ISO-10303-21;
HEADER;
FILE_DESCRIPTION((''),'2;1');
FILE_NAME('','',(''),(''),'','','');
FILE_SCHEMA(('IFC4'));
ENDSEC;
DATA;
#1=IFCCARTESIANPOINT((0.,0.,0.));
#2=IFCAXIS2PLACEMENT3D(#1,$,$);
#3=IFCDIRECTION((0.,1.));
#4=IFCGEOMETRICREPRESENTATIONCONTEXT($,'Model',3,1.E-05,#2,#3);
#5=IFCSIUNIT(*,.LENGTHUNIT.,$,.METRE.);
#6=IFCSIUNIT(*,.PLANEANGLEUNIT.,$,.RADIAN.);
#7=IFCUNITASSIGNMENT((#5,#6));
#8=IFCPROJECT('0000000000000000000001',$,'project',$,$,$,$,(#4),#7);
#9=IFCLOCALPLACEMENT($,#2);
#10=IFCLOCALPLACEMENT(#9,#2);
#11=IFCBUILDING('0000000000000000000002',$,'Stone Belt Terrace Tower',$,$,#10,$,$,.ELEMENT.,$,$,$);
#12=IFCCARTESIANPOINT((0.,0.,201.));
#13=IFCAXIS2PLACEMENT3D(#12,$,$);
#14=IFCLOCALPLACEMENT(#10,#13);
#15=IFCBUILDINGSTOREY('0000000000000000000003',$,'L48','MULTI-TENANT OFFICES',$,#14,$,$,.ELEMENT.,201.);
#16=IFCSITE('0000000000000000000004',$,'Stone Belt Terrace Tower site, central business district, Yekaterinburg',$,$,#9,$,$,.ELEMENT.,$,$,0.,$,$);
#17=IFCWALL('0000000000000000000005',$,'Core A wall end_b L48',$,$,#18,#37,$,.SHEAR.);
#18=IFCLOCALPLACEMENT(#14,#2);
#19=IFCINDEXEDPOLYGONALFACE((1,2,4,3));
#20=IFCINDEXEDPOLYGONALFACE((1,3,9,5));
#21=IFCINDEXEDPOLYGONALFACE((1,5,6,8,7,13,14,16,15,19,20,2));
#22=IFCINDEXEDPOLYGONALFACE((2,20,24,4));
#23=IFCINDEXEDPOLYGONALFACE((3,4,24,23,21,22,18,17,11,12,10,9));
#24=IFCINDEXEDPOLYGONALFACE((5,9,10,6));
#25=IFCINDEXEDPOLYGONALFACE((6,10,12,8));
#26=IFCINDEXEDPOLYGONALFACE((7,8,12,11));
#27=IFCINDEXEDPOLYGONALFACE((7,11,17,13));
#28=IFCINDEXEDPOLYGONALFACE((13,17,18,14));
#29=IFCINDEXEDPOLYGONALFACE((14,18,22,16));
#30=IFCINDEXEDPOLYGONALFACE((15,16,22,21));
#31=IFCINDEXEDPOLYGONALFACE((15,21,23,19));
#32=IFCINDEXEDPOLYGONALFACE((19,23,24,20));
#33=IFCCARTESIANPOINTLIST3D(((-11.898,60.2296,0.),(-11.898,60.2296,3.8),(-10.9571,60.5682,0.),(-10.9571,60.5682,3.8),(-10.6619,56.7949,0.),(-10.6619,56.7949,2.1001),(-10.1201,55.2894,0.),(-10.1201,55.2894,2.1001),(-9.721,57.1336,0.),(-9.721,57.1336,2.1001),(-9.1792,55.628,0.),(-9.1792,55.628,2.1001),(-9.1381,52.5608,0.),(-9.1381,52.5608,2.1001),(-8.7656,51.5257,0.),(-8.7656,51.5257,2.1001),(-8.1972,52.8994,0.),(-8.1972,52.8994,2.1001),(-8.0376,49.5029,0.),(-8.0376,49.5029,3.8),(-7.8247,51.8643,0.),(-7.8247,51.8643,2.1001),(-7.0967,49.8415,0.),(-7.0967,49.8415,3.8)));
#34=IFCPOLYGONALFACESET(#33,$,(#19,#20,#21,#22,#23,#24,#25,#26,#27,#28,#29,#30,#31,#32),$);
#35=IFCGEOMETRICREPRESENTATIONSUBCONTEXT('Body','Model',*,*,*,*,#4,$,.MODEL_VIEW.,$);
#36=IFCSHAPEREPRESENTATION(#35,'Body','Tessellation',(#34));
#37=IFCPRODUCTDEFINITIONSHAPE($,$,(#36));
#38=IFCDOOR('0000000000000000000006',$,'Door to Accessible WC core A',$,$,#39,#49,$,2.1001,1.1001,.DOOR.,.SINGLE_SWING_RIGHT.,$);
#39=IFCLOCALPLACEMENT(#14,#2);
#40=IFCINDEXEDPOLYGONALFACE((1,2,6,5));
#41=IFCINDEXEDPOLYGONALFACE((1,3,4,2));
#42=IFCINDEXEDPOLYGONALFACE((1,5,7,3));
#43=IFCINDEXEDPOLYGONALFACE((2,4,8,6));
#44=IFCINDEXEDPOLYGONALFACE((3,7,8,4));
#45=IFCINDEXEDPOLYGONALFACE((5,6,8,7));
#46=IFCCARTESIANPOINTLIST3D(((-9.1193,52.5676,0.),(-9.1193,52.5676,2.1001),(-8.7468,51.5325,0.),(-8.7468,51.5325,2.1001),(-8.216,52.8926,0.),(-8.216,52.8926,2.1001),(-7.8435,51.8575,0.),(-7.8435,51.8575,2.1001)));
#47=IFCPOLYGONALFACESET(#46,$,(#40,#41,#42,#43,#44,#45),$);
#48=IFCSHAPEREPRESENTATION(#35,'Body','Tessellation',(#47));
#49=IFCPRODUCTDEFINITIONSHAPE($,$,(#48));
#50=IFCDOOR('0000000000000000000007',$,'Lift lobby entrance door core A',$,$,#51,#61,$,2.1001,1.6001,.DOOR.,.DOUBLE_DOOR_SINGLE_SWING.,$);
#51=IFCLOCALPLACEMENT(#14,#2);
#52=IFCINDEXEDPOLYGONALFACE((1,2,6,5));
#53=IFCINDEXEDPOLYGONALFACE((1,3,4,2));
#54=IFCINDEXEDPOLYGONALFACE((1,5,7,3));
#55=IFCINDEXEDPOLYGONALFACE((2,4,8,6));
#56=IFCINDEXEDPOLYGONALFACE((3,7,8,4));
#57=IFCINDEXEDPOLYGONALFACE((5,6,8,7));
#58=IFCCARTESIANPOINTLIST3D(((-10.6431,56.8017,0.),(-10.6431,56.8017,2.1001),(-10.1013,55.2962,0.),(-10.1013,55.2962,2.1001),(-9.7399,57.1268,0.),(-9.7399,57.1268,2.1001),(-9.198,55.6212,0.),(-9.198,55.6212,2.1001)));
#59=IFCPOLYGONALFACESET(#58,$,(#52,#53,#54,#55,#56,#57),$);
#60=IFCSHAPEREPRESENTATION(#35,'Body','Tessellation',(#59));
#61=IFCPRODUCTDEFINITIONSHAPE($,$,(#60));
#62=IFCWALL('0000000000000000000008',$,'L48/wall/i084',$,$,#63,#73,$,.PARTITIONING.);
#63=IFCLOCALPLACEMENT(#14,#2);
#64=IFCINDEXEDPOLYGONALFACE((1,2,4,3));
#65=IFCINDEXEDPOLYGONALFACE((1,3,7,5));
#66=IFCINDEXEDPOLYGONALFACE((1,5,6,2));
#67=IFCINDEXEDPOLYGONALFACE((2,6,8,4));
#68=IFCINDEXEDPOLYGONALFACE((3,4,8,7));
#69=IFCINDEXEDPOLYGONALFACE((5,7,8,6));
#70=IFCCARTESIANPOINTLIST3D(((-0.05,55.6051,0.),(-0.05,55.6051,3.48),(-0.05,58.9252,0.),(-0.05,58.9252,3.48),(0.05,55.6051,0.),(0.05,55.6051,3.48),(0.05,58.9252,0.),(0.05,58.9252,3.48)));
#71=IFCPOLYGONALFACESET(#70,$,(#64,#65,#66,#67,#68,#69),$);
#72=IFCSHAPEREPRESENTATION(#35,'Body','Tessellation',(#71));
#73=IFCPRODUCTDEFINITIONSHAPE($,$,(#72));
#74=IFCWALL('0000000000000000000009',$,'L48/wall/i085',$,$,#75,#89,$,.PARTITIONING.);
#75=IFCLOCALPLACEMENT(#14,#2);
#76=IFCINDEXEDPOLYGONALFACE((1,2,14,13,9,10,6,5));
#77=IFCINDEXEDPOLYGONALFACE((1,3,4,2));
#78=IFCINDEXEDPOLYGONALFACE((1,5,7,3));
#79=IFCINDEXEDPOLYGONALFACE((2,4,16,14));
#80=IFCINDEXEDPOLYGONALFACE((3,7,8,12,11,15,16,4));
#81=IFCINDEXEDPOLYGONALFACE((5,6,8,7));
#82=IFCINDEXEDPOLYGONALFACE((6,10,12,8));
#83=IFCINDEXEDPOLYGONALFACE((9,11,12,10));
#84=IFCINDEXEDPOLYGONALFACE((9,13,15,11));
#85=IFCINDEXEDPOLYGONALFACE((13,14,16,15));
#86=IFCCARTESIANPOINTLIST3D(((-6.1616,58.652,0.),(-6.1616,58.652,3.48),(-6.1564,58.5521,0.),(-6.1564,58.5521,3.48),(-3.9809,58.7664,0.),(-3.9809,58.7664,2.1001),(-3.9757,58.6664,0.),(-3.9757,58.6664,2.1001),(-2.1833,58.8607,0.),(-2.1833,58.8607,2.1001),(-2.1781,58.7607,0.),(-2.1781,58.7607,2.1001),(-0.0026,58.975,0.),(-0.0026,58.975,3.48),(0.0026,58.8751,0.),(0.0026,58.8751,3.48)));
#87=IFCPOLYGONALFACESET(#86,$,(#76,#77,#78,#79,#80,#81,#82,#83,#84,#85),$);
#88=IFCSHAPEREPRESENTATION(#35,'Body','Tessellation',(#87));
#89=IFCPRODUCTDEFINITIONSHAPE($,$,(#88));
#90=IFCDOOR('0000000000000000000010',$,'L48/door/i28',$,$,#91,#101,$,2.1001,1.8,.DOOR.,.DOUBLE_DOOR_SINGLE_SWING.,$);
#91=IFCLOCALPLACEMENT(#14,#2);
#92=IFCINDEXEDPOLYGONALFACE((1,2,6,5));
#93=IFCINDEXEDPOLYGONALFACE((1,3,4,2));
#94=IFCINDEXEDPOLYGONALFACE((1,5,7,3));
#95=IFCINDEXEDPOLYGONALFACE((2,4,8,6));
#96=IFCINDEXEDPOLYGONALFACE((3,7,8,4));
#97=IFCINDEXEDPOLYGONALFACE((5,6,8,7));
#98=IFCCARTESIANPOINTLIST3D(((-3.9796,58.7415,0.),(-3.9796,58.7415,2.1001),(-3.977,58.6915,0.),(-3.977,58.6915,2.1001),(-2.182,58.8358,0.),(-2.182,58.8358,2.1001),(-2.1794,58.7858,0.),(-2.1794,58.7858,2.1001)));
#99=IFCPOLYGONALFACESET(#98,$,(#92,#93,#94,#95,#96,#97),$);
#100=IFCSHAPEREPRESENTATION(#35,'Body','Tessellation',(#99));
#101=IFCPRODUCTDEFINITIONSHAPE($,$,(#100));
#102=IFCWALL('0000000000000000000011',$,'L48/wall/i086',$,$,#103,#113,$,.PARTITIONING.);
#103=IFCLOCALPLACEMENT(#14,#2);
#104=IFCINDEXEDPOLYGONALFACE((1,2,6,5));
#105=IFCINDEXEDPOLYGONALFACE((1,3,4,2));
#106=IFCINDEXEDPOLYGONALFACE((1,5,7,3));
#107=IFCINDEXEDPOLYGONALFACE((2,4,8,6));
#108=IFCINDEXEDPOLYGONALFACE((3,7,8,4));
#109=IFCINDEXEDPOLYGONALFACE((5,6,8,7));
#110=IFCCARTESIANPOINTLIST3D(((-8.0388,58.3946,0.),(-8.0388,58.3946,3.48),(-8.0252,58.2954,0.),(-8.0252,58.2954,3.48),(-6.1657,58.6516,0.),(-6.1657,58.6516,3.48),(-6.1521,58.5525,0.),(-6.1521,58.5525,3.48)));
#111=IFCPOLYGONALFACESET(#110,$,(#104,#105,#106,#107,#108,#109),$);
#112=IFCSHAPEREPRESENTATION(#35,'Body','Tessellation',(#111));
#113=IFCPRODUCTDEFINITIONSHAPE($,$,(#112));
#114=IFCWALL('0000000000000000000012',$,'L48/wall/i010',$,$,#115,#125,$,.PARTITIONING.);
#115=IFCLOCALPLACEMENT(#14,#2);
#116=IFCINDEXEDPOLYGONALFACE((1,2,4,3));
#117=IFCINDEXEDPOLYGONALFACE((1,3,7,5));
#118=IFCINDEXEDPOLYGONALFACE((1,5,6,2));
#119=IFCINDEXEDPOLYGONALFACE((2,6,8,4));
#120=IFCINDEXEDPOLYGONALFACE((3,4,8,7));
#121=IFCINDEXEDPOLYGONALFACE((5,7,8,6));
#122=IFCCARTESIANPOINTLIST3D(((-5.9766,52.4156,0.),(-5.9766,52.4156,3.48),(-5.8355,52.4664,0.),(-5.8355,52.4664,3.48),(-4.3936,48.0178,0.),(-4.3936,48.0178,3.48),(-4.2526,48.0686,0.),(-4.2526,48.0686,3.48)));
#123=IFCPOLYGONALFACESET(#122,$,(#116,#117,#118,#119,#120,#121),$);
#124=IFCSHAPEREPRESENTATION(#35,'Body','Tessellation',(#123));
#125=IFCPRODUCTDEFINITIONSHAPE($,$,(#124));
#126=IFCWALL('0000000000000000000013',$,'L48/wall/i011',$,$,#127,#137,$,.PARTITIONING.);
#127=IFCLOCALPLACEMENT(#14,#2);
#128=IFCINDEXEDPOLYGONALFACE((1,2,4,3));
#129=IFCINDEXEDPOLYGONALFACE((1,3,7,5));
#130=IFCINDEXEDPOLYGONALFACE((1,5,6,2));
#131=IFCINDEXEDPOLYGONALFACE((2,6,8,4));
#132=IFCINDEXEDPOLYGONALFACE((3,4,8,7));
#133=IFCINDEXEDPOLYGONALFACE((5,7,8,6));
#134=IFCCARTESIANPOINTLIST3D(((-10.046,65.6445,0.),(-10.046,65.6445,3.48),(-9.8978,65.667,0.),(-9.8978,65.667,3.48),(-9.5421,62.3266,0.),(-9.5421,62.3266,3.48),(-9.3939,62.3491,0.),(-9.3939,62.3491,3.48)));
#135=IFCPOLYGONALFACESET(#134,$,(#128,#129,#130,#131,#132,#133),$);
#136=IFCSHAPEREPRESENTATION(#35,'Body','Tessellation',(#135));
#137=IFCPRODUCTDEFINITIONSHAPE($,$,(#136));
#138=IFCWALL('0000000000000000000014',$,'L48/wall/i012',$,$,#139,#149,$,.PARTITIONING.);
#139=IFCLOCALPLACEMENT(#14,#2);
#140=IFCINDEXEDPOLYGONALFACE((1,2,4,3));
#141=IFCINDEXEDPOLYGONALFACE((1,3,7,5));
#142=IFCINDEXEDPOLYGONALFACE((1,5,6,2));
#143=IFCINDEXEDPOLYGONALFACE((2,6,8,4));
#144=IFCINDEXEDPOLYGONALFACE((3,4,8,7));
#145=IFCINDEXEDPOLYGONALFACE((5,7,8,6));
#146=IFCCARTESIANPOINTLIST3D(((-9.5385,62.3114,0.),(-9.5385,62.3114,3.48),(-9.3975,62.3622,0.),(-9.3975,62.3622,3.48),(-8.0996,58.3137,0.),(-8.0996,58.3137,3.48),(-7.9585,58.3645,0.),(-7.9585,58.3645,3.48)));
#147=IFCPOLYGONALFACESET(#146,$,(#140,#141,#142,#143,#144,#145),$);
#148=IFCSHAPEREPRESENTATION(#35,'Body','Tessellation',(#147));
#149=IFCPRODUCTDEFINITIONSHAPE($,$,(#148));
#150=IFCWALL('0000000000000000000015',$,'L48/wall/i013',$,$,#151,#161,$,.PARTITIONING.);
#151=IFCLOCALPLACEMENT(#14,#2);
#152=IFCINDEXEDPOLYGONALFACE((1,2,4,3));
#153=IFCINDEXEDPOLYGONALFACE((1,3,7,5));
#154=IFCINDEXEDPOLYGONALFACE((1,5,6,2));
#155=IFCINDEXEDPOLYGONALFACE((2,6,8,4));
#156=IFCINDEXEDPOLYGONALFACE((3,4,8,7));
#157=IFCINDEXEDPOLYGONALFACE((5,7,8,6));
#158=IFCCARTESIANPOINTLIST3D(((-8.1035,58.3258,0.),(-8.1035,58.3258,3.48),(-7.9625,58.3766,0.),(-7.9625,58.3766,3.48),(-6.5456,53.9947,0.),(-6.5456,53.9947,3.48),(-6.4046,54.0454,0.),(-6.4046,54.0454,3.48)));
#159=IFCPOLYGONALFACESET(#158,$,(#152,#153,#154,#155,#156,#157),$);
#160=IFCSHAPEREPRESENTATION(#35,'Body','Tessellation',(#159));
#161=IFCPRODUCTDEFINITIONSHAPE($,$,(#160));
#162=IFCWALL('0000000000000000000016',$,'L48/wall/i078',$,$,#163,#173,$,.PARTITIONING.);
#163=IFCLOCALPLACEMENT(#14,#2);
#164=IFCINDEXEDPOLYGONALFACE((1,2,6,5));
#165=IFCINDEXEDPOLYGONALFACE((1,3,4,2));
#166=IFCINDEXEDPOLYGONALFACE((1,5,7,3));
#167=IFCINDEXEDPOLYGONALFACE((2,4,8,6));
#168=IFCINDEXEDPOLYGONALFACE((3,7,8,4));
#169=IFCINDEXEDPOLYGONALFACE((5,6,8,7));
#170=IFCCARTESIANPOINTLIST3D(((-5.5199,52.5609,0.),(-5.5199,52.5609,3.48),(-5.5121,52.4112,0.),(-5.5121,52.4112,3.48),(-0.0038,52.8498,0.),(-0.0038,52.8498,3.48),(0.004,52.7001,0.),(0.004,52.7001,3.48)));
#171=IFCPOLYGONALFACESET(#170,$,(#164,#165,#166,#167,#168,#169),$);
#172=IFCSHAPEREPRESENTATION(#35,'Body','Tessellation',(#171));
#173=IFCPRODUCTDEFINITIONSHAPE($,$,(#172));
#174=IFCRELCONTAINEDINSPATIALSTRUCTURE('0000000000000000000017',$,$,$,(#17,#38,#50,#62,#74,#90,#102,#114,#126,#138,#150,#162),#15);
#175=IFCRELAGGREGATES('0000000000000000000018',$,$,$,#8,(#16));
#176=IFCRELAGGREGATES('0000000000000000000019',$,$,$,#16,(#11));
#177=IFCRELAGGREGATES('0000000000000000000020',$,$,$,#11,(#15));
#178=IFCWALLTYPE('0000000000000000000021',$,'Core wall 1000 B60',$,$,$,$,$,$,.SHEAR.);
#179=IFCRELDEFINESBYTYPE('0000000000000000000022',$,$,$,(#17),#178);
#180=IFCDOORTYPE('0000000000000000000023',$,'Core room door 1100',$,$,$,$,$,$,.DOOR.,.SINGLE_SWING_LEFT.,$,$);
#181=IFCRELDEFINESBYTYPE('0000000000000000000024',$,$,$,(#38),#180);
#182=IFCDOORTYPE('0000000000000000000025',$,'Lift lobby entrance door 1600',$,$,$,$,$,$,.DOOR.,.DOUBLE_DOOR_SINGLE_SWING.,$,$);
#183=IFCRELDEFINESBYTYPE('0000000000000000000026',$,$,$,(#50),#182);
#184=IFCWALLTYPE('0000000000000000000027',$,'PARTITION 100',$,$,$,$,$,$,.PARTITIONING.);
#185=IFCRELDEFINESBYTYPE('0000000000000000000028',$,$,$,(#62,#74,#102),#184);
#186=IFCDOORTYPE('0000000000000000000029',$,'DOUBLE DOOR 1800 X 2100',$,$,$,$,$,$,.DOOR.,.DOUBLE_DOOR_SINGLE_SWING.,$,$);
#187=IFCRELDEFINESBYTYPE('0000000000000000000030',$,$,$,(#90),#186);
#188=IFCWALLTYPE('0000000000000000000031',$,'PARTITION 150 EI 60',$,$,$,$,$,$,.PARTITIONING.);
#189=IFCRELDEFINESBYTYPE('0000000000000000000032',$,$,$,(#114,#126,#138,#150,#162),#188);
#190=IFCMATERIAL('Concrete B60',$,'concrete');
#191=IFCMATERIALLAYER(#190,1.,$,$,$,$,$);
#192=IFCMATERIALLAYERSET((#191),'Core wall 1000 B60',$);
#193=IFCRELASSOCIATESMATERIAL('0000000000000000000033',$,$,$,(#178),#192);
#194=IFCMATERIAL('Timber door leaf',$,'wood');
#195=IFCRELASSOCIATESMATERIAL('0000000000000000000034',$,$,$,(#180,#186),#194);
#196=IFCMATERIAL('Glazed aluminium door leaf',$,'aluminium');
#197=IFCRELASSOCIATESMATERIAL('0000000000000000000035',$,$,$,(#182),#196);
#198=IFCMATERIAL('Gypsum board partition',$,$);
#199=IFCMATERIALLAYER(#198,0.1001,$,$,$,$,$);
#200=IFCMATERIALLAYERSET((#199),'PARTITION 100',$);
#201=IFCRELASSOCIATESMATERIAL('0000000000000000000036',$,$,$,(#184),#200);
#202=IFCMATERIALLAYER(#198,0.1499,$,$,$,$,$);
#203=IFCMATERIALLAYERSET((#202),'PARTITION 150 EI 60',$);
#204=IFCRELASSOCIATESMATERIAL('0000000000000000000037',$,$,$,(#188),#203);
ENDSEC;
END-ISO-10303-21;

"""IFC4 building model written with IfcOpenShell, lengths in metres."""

from ifc_helpers import new_model, si_unit, direction, frame, frame_2d, origin, place, context, subcontext, project, spatial, rectangle, extrude, material, layer, layer_set, type_object, element, fill, save


model = new_model("IFC4")

# Units and contexts
model_context = context("Model", 3, precision=1e-05, world=origin(), true_north=direction((0.0, 1.0)))
body_context = subcontext(model_context, "Body", "Model", "MODEL_VIEW")
ifc_project = project(units=[si_unit("LENGTHUNIT", "METRE"), si_unit("PLANEANGLEUNIT", "RADIAN")], contexts=[model_context])

# Site, building, storey
site_placement = place(None, origin())
site = spatial("IfcSite", under=ifc_project, at=site_placement, Name="Stone Belt Terrace Tower site, central business district, Yekaterinburg", CompositionType="ELEMENT", RefElevation=0.0)
building_placement = place(site_placement, origin())
building = spatial("IfcBuilding", under=site, at=building_placement, Name="Stone Belt Terrace Tower", CompositionType="ELEMENT")
storey_placement = place(building_placement, frame((0.0, 0.0, 201.0)))
storey = spatial("IfcBuildingStorey", under=building, at=storey_placement, Name="L48", Description="MULTI-TENANT OFFICES", CompositionType="ELEMENT", Elevation=201.0)

# Shared definitions
ifc_material_1 = material(Name="Concrete B60", Category="concrete")

# Wall, openings, doors
ifc_layer_1 = layer(ifc_material_1, 1.0)
ifc_layer_set_1 = layer_set([ifc_layer_1], Name="Core wall 1000 B60")
wall_type_1 = type_object("IfcWallType", Name="Core wall 1000 B60", PredefinedType="SHEAR", material=ifc_layer_set_1)
wall_1_placement = place(storey_placement, frame((-7.5671, 49.6721, 0.0), z_axis=(0.0, 0.0, 1.0), x_axis=(-0.338625, 0.940921, 0.0)))
wall_1 = element("IfcWall", 1, at=wall_1_placement, inside=storey, type_object=wall_type_1, Name="Core A wall end_b L48", PredefinedType="SHEAR", context=body_context, shape_type="SweptSolid", body=[
    extrude(rectangle(XDim=11.4001, YDim=1.0, at=frame_2d((5.7002, 0.0))), origin(), (0.0, 0.0, 1.0), 3.8),
])
opening_1_placement = place(wall_1_placement, frame((6.1499, 0.0, 0.0)))
opening_1 = element("IfcOpeningElement", 2, at=opening_1_placement, cuts=wall_1, PredefinedType="OPENING", context=body_context, shape_type="SweptSolid", body=[
    extrude(rectangle(XDim=1.6001, YDim=2.1001, at=frame_2d((0.8, 1.05))), frame((0.0, 0.51, 0.0), z_axis=(0.0, -1.0, 0.0), x_axis=(1.0, 0.0, 0.0)), (0.0, 0.0, 1.0), 1.02),
])
opening_2_placement = place(wall_1_placement, frame((2.1499, 0.0, 0.0)))
opening_2 = element("IfcOpeningElement", 3, at=opening_2_placement, cuts=wall_1, PredefinedType="OPENING", context=body_context, shape_type="SweptSolid", body=[
    extrude(rectangle(XDim=1.1001, YDim=2.1001, at=frame_2d((0.55, 1.05))), frame((0.0, 0.51, 0.0), z_axis=(0.0, -1.0, 0.0), x_axis=(1.0, 0.0, 0.0)), (0.0, 0.0, 1.0), 1.02),
])
ifc_material_2 = material(Name="Timber door leaf", Category="wood")
door_type_1 = type_object("IfcDoorType", Name="Core room door 1100", OperationType="SINGLE_SWING_LEFT", PredefinedType="DOOR", material=ifc_material_2)
door_1_placement = place(opening_2_placement, origin())
door_1 = element("IfcDoor", 4, at=door_1_placement, inside=storey, type_object=door_type_1, Name="Door to Accessible WC core A", OperationType="SINGLE_SWING_RIGHT", OverallHeight=2.1001, OverallWidth=1.1001, PredefinedType="DOOR", context=body_context, shape_type="SweptSolid", body=[
    extrude(rectangle(XDim=1.1001, YDim=2.1001, at=frame_2d((0.55, 1.05))), frame((0.0, 0.48, 0.0), z_axis=(0.0, -1.0, 0.0), x_axis=(1.0, 0.0, 0.0)), (0.0, 0.0, 1.0), 0.96),
])
fill(opening_2, door_1)
ifc_material_3 = material(Name="Glazed aluminium door leaf", Category="aluminium")
door_type_2 = type_object("IfcDoorType", Name="Lift lobby entrance door 1600", OperationType="DOUBLE_DOOR_SINGLE_SWING", PredefinedType="DOOR", material=ifc_material_3)
door_2_placement = place(opening_1_placement, origin())
door_2 = element("IfcDoor", 5, at=door_2_placement, inside=storey, type_object=door_type_2, Name="Lift lobby entrance door core A", OperationType="DOUBLE_DOOR_SINGLE_SWING", OverallHeight=2.1001, OverallWidth=1.6001, PredefinedType="DOOR", context=body_context, shape_type="SweptSolid", body=[
    extrude(rectangle(XDim=1.6001, YDim=2.1001, at=frame_2d((0.8, 1.05))), frame((0.0, 0.48, 0.0), z_axis=(0.0, -1.0, 0.0), x_axis=(1.0, 0.0, 0.0)), (0.0, 0.0, 1.0), 0.96),
])
fill(opening_1, door_2)

# Wall
ifc_material_4 = material(Name="Gypsum board partition")
ifc_layer_2 = layer(ifc_material_4, 0.1001)
ifc_layer_set_2 = layer_set([ifc_layer_2], Name="PARTITION 100")
wall_type_2 = type_object("IfcWallType", Name="PARTITION 100", PredefinedType="PARTITIONING", material=ifc_layer_set_2)
wall_2_placement = place(storey_placement, frame((0.0, 55.605, 0.0), z_axis=(0.0, 0.0, 1.0), x_axis=(0.0, 1.0, 0.0)))
element("IfcWall", 6, at=wall_2_placement, inside=storey, type_object=wall_type_2, Name="L48/wall/i084", PredefinedType="PARTITIONING", context=body_context, shape_type="SweptSolid", body=[
    extrude(rectangle(XDim=3.3201, YDim=0.1001, at=frame_2d((1.6602, 0.0))), origin(), (0.0, 0.0, 1.0), 3.48),
])

# Wall, opening, door
wall_3_placement = place(storey_placement, frame((0.0, 58.925, 0.0), z_axis=(0.0, 0.0, 1.0), x_axis=(-0.998628, -0.052372, 0.0)))
wall_3 = element("IfcWall", 7, at=wall_3_placement, inside=storey, type_object=wall_type_2, Name="L48/wall/i085", PredefinedType="PARTITIONING", context=body_context, shape_type="SweptSolid", body=[
    extrude(rectangle(XDim=6.1675, YDim=0.1001, at=frame_2d((3.0837, 0.0))), origin(), (0.0, 0.0, 1.0), 3.48),
])
opening_3_placement = place(wall_3_placement, frame((2.1838, 0.0, 0.0)))
opening_3 = element("IfcOpeningElement", 8, at=opening_3_placement, cuts=wall_3, PredefinedType="OPENING", context=body_context, shape_type="SweptSolid", body=[
    extrude(rectangle(XDim=1.8, YDim=2.1001, at=frame_2d((0.8999, 1.05))), frame((0.0, 0.0601, 0.0), z_axis=(0.0, -1.0, 0.0), x_axis=(1.0, 0.0, 0.0)), (0.0, 0.0, 1.0), 0.1201),
])
door_type_3 = type_object("IfcDoorType", Name="DOUBLE DOOR 1800 X 2100", OperationType="DOUBLE_DOOR_SINGLE_SWING", PredefinedType="DOOR", material=ifc_material_2)
door_3_placement = place(opening_3_placement, origin())
door_3 = element("IfcDoor", 9, at=door_3_placement, inside=storey, type_object=door_type_3, Name="L48/door/i28", OperationType="DOUBLE_DOOR_SINGLE_SWING", OverallHeight=2.1001, OverallWidth=1.8, PredefinedType="DOOR", context=body_context, shape_type="SweptSolid", body=[
    extrude(rectangle(XDim=1.8, YDim=2.1001, at=frame_2d((0.8999, 1.05))), frame((0.0, 0.0249, 0.0), z_axis=(0.0, -1.0, 0.0), x_axis=(1.0, 0.0, 0.0)), (0.0, 0.0, 1.0), 0.05),
])
fill(opening_3, door_3)

# Walls
wall_4_placement = place(storey_placement, frame((-6.1589, 58.6021, 0.0), z_axis=(0.0, 0.0, 1.0), x_axis=(-0.990712, -0.135978, 0.0)))
element("IfcWall", 10, at=wall_4_placement, inside=storey, type_object=wall_type_2, Name="L48/wall/i086", PredefinedType="PARTITIONING", context=body_context, shape_type="SweptSolid", body=[
    extrude(rectangle(XDim=1.8906, YDim=0.1001, at=frame_2d((0.9453, 0.0))), origin(), (0.0, 0.0, 1.0), 3.48),
])
ifc_layer_3 = layer(ifc_material_4, 0.1499)
ifc_layer_set_3 = layer_set([ifc_layer_3], Name="PARTITION 150 EI 60")
wall_type_3 = type_object("IfcWallType", Name="PARTITION 150 EI 60", PredefinedType="PARTITIONING", material=ifc_layer_set_3)
wall_5_placement = place(storey_placement, frame((-5.906, 52.4409, 0.0), z_axis=(0.0, 0.0, 1.0), x_axis=(0.338671, -0.940905, 0.0)))
element("IfcWall", 11, at=wall_5_placement, inside=storey, type_object=wall_type_3, Name="L48/wall/i010", PredefinedType="PARTITIONING", context=body_context, shape_type="SweptSolid", body=[
    extrude(rectangle(XDim=4.6741, YDim=0.1499, at=frame_2d((2.3369, 0.0))), origin(), (0.0, 0.0, 1.0), 3.48),
])
wall_6_placement = place(storey_placement, frame((-9.9719, 65.6558, 0.0), z_axis=(0.0, 0.0, 1.0), x_axis=(0.150154, -0.988663, 0.0)))
element("IfcWall", 12, at=wall_6_placement, inside=storey, type_object=wall_type_3, Name="L48/wall/i011", PredefinedType="PARTITIONING", context=body_context, shape_type="SweptSolid", body=[
    extrude(rectangle(XDim=3.356, YDim=0.1499, at=frame_2d((1.678, 0.0))), origin(), (0.0, 0.0, 1.0), 3.48),
])
wall_7_placement = place(storey_placement, frame((-9.468, 62.3369, 0.0), z_axis=(0.0, 0.0, 1.0), x_axis=(0.338669, -0.940906, 0.0)))
element("IfcWall", 13, at=wall_7_placement, inside=storey, type_object=wall_type_3, Name="L48/wall/i012", PredefinedType="PARTITIONING", context=body_context, shape_type="SweptSolid", body=[
    extrude(rectangle(XDim=4.2488, YDim=0.1499, at=frame_2d((2.1245, 0.0))), origin(), (0.0, 0.0, 1.0), 3.48),
])
wall_8_placement = place(storey_placement, frame((-8.033, 58.3511, 0.0), z_axis=(0.0, 0.0, 1.0), x_axis=(0.338466, -0.940979, 0.0)))
element("IfcWall", 14, at=wall_8_placement, inside=storey, type_object=wall_type_3, Name="L48/wall/i013", PredefinedType="PARTITIONING", context=body_context, shape_type="SweptSolid", body=[
    extrude(rectangle(XDim=4.6028, YDim=0.1499, at=frame_2d((2.3013, 0.0))), origin(), (0.0, 0.0, 1.0), 3.48),
])
wall_9_placement = place(storey_placement, frame((0.0, 52.7749, 0.0), z_axis=(0.0, 0.0, 1.0), x_axis=(-0.998632, -0.052287, 0.0)))
element("IfcWall", 15, at=wall_9_placement, inside=storey, type_object=wall_type_3, Name="L48/wall/i078", PredefinedType="PARTITIONING", context=body_context, shape_type="SweptSolid", body=[
    extrude(rectangle(XDim=5.5237, YDim=0.1499, at=frame_2d((2.7617, 0.0))), origin(), (0.0, 0.0, 1.0), 3.48),
])

save(model, "model.ifc")
